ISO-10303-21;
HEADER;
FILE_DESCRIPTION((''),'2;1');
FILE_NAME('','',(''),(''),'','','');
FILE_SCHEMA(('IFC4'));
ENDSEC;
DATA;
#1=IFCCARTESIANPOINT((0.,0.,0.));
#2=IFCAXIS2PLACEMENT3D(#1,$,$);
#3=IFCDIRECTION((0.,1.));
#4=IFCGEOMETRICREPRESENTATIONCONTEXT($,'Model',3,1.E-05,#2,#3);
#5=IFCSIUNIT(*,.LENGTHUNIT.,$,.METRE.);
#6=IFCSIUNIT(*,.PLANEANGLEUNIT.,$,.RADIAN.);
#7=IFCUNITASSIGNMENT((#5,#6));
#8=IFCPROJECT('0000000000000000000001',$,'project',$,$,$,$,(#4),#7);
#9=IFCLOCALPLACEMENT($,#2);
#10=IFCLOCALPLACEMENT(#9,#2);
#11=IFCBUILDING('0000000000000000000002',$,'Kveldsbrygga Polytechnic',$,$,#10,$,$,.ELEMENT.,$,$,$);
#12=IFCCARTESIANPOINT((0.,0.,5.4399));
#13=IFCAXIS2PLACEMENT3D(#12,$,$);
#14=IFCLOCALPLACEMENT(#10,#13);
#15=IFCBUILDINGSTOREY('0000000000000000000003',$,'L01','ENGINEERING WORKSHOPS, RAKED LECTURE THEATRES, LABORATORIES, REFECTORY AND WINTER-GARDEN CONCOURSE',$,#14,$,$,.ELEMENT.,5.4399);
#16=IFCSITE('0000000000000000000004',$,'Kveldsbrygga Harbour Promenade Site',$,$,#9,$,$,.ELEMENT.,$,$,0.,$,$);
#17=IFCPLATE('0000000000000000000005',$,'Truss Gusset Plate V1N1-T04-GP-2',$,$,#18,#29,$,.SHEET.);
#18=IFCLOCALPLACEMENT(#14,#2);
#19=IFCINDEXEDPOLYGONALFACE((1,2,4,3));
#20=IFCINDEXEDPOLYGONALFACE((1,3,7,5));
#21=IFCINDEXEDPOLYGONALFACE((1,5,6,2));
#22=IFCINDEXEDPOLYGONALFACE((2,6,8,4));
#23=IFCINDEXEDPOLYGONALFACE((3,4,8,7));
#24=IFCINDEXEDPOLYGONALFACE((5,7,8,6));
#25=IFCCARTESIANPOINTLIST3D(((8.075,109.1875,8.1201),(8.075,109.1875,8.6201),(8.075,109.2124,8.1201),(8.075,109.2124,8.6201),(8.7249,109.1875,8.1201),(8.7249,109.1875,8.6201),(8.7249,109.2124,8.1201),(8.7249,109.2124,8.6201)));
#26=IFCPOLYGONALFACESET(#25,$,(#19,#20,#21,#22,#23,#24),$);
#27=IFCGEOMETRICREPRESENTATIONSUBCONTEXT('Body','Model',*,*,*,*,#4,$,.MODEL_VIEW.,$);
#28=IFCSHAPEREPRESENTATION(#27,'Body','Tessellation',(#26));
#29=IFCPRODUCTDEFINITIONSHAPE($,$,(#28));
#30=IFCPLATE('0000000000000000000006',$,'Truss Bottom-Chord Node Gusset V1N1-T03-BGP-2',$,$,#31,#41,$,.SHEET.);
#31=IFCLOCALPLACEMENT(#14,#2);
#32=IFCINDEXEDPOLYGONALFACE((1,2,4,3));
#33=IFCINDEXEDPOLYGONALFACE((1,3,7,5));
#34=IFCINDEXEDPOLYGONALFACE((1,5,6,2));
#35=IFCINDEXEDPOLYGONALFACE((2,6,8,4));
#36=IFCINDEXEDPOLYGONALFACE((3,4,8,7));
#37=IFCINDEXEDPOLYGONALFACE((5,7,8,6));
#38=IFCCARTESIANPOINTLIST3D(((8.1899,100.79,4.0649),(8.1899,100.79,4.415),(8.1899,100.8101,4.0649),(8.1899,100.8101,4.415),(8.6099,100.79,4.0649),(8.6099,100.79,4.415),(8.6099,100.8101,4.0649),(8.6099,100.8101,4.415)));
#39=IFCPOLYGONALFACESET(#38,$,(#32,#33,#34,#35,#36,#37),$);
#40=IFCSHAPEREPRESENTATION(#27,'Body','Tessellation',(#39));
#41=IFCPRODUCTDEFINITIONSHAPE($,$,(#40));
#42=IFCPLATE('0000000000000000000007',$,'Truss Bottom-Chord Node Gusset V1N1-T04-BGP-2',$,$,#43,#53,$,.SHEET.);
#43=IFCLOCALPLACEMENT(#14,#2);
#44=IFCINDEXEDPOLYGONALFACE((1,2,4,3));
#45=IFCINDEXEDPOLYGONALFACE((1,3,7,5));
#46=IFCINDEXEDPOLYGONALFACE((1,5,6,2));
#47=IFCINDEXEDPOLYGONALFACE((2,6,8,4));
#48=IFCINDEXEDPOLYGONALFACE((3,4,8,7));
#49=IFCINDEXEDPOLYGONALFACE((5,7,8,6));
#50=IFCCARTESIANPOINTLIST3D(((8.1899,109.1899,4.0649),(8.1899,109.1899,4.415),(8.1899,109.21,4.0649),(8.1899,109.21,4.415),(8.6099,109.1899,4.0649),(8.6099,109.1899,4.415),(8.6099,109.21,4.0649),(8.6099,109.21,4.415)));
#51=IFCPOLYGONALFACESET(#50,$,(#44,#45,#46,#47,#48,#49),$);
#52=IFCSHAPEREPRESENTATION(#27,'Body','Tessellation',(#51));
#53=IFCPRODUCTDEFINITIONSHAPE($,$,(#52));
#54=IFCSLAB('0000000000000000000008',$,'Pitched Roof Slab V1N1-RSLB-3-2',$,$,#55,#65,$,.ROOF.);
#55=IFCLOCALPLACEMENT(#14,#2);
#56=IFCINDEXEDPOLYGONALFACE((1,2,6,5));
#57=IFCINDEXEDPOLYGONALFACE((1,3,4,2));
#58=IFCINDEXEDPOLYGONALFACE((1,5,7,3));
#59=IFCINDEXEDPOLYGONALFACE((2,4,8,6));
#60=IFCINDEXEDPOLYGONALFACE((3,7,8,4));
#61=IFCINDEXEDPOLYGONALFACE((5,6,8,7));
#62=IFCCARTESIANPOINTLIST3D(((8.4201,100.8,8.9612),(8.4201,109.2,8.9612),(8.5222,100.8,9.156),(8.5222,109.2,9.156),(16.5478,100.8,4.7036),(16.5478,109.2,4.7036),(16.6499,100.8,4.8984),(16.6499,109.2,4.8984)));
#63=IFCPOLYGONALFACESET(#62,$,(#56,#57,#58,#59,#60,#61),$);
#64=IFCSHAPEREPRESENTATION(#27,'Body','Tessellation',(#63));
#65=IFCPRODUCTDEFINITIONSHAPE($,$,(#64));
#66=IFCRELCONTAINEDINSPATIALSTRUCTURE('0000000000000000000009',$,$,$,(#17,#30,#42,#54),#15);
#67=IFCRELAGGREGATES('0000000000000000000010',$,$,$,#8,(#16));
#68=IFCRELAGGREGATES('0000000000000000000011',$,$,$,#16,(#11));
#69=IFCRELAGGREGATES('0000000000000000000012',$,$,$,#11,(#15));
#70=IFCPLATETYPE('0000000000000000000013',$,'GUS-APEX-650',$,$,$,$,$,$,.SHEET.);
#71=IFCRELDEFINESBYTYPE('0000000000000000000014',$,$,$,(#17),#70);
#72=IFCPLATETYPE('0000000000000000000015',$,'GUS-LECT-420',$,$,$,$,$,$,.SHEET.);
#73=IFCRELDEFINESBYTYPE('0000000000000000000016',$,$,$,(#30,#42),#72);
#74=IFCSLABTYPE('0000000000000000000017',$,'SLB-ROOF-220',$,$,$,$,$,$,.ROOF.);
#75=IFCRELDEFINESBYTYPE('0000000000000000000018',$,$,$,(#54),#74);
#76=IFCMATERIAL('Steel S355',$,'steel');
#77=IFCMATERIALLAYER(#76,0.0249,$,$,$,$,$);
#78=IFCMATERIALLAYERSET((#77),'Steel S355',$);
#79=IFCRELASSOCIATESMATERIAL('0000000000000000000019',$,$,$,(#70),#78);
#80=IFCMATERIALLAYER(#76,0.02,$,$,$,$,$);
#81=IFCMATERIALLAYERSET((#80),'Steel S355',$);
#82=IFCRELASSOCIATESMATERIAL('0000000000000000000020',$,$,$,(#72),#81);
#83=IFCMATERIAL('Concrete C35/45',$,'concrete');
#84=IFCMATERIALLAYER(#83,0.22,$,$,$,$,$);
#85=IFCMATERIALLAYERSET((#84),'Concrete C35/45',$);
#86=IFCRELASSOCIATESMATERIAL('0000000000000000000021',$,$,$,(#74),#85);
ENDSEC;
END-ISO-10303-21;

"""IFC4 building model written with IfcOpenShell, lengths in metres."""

from ifc_helpers import new_model, si_unit, direction, frame, origin, origin_2d, place, context, subcontext, project, spatial, polyline, rectangle, outline, extrude, material, layer, layer_set, type_object, element, save


model = new_model("IFC4")

# Units and contexts
model_context = context("Model", 3, precision=1e-05, world=origin(), true_north=direction((0.0, 1.0)))
body_context = subcontext(model_context, "Body", "Model", "MODEL_VIEW")
ifc_project = project(units=[si_unit("LENGTHUNIT", "METRE"), si_unit("PLANEANGLEUNIT", "RADIAN")], contexts=[model_context])

# Site, building, storey
site_placement = place(None, origin())
site = spatial("IfcSite", under=ifc_project, at=site_placement, Name="Kveldsbrygga Harbour Promenade Site", CompositionType="ELEMENT", RefElevation=0.0)
building_placement = place(site_placement, origin())
building = spatial("IfcBuilding", under=site, at=building_placement, Name="Kveldsbrygga Polytechnic", CompositionType="ELEMENT")
storey_placement = place(building_placement, frame((0.0, 0.0, 5.4399)))
storey = spatial("IfcBuildingStorey", under=building, at=storey_placement, Name="L01", Description="ENGINEERING WORKSHOPS, RAKED LECTURE THEATRES, LABORATORIES, REFECTORY AND WINTER-GARDEN CONCOURSE", CompositionType="ELEMENT", Elevation=5.4399)

# Shared definitions
ifc_material_1 = material(Name="Steel S355", Category="steel")

# Plates
ifc_layer_1 = layer(ifc_material_1, 0.0249)
ifc_layer_set_1 = layer_set([ifc_layer_1], Name="Steel S355")
plate_type_1 = type_object("IfcPlateType", Name="GUS-APEX-650", PredefinedType="SHEET", material=ifc_layer_set_1)
for number, where, z_axis, x_axis, name in (
    (1, (8.3999, 109.2, 8.1201), (0.0, 0.0, 1.0), (1.0, 0.0, 0.0), "Truss Gusset Plate V1N1-T04-GP-2"),
):
    element("IfcPlate", number, at=place(storey_placement, frame(where, z_axis=z_axis, x_axis=x_axis)), inside=storey, type_object=plate_type_1, Name=name, PredefinedType="SHEET", context=body_context, shape_type="SweptSolid", body=[
        extrude(rectangle(XDim=0.6499, YDim=0.0249, at=origin_2d()), origin(), (0.0, 0.0, 1.0), 0.5),
    ])
ifc_layer_2 = layer(ifc_material_1, 0.02)
ifc_layer_set_2 = layer_set([ifc_layer_2], Name="Steel S355")
plate_type_2 = type_object("IfcPlateType", Name="GUS-LECT-420", PredefinedType="SHEET", material=ifc_layer_set_2)
for number, where, z_axis, x_axis, name in (
    (2, (8.3999, 100.8, 4.0649), (0.0, 0.0, 1.0), (1.0, 0.0, 0.0), "Truss Bottom-Chord Node Gusset V1N1-T03-BGP-2"),
    (3, (8.3999, 109.2, 4.0649), (0.0, 0.0, 1.0), (1.0, 0.0, 0.0), "Truss Bottom-Chord Node Gusset V1N1-T04-BGP-2"),
):
    element("IfcPlate", number, at=place(storey_placement, frame(where, z_axis=z_axis, x_axis=x_axis)), inside=storey, type_object=plate_type_2, Name=name, PredefinedType="SHEET", context=body_context, shape_type="SweptSolid", body=[
        extrude(rectangle(XDim=0.4199, YDim=0.02, at=origin_2d()), origin(), (0.0, 0.0, 1.0), 0.3501),
    ])

# Slab
ifc_material_2 = material(Name="Concrete C35/45", Category="concrete")
ifc_layer_3 = layer(ifc_material_2, 0.22)
ifc_layer_set_3 = layer_set([ifc_layer_3], Name="Concrete C35/45")
slab_type = type_object("IfcSlabType", Name="SLB-ROOF-220", PredefinedType="ROOF", material=ifc_layer_set_3)
slab_placement = place(storey_placement, frame((8.5222, 100.8, 9.156), z_axis=(0.464025, 0.0, 0.885822), x_axis=(0.885822, 0.0, -0.464025)))
element("IfcSlab", 4, at=slab_placement, inside=storey, type_object=slab_type, Name="Pitched Roof Slab V1N1-RSLB-3-2", PredefinedType="ROOF", context=body_context, shape_type="SweptSolid", body=[
    extrude(outline(polyline([(0.0, 0.0), (9.1753, 0.0), (9.1753, 8.3999), (0.0, 8.3999), (0.0, 0.0)])), origin(), (0.0, 0.0, -1.0), 0.22),
])

save(model, "model.ifc")
